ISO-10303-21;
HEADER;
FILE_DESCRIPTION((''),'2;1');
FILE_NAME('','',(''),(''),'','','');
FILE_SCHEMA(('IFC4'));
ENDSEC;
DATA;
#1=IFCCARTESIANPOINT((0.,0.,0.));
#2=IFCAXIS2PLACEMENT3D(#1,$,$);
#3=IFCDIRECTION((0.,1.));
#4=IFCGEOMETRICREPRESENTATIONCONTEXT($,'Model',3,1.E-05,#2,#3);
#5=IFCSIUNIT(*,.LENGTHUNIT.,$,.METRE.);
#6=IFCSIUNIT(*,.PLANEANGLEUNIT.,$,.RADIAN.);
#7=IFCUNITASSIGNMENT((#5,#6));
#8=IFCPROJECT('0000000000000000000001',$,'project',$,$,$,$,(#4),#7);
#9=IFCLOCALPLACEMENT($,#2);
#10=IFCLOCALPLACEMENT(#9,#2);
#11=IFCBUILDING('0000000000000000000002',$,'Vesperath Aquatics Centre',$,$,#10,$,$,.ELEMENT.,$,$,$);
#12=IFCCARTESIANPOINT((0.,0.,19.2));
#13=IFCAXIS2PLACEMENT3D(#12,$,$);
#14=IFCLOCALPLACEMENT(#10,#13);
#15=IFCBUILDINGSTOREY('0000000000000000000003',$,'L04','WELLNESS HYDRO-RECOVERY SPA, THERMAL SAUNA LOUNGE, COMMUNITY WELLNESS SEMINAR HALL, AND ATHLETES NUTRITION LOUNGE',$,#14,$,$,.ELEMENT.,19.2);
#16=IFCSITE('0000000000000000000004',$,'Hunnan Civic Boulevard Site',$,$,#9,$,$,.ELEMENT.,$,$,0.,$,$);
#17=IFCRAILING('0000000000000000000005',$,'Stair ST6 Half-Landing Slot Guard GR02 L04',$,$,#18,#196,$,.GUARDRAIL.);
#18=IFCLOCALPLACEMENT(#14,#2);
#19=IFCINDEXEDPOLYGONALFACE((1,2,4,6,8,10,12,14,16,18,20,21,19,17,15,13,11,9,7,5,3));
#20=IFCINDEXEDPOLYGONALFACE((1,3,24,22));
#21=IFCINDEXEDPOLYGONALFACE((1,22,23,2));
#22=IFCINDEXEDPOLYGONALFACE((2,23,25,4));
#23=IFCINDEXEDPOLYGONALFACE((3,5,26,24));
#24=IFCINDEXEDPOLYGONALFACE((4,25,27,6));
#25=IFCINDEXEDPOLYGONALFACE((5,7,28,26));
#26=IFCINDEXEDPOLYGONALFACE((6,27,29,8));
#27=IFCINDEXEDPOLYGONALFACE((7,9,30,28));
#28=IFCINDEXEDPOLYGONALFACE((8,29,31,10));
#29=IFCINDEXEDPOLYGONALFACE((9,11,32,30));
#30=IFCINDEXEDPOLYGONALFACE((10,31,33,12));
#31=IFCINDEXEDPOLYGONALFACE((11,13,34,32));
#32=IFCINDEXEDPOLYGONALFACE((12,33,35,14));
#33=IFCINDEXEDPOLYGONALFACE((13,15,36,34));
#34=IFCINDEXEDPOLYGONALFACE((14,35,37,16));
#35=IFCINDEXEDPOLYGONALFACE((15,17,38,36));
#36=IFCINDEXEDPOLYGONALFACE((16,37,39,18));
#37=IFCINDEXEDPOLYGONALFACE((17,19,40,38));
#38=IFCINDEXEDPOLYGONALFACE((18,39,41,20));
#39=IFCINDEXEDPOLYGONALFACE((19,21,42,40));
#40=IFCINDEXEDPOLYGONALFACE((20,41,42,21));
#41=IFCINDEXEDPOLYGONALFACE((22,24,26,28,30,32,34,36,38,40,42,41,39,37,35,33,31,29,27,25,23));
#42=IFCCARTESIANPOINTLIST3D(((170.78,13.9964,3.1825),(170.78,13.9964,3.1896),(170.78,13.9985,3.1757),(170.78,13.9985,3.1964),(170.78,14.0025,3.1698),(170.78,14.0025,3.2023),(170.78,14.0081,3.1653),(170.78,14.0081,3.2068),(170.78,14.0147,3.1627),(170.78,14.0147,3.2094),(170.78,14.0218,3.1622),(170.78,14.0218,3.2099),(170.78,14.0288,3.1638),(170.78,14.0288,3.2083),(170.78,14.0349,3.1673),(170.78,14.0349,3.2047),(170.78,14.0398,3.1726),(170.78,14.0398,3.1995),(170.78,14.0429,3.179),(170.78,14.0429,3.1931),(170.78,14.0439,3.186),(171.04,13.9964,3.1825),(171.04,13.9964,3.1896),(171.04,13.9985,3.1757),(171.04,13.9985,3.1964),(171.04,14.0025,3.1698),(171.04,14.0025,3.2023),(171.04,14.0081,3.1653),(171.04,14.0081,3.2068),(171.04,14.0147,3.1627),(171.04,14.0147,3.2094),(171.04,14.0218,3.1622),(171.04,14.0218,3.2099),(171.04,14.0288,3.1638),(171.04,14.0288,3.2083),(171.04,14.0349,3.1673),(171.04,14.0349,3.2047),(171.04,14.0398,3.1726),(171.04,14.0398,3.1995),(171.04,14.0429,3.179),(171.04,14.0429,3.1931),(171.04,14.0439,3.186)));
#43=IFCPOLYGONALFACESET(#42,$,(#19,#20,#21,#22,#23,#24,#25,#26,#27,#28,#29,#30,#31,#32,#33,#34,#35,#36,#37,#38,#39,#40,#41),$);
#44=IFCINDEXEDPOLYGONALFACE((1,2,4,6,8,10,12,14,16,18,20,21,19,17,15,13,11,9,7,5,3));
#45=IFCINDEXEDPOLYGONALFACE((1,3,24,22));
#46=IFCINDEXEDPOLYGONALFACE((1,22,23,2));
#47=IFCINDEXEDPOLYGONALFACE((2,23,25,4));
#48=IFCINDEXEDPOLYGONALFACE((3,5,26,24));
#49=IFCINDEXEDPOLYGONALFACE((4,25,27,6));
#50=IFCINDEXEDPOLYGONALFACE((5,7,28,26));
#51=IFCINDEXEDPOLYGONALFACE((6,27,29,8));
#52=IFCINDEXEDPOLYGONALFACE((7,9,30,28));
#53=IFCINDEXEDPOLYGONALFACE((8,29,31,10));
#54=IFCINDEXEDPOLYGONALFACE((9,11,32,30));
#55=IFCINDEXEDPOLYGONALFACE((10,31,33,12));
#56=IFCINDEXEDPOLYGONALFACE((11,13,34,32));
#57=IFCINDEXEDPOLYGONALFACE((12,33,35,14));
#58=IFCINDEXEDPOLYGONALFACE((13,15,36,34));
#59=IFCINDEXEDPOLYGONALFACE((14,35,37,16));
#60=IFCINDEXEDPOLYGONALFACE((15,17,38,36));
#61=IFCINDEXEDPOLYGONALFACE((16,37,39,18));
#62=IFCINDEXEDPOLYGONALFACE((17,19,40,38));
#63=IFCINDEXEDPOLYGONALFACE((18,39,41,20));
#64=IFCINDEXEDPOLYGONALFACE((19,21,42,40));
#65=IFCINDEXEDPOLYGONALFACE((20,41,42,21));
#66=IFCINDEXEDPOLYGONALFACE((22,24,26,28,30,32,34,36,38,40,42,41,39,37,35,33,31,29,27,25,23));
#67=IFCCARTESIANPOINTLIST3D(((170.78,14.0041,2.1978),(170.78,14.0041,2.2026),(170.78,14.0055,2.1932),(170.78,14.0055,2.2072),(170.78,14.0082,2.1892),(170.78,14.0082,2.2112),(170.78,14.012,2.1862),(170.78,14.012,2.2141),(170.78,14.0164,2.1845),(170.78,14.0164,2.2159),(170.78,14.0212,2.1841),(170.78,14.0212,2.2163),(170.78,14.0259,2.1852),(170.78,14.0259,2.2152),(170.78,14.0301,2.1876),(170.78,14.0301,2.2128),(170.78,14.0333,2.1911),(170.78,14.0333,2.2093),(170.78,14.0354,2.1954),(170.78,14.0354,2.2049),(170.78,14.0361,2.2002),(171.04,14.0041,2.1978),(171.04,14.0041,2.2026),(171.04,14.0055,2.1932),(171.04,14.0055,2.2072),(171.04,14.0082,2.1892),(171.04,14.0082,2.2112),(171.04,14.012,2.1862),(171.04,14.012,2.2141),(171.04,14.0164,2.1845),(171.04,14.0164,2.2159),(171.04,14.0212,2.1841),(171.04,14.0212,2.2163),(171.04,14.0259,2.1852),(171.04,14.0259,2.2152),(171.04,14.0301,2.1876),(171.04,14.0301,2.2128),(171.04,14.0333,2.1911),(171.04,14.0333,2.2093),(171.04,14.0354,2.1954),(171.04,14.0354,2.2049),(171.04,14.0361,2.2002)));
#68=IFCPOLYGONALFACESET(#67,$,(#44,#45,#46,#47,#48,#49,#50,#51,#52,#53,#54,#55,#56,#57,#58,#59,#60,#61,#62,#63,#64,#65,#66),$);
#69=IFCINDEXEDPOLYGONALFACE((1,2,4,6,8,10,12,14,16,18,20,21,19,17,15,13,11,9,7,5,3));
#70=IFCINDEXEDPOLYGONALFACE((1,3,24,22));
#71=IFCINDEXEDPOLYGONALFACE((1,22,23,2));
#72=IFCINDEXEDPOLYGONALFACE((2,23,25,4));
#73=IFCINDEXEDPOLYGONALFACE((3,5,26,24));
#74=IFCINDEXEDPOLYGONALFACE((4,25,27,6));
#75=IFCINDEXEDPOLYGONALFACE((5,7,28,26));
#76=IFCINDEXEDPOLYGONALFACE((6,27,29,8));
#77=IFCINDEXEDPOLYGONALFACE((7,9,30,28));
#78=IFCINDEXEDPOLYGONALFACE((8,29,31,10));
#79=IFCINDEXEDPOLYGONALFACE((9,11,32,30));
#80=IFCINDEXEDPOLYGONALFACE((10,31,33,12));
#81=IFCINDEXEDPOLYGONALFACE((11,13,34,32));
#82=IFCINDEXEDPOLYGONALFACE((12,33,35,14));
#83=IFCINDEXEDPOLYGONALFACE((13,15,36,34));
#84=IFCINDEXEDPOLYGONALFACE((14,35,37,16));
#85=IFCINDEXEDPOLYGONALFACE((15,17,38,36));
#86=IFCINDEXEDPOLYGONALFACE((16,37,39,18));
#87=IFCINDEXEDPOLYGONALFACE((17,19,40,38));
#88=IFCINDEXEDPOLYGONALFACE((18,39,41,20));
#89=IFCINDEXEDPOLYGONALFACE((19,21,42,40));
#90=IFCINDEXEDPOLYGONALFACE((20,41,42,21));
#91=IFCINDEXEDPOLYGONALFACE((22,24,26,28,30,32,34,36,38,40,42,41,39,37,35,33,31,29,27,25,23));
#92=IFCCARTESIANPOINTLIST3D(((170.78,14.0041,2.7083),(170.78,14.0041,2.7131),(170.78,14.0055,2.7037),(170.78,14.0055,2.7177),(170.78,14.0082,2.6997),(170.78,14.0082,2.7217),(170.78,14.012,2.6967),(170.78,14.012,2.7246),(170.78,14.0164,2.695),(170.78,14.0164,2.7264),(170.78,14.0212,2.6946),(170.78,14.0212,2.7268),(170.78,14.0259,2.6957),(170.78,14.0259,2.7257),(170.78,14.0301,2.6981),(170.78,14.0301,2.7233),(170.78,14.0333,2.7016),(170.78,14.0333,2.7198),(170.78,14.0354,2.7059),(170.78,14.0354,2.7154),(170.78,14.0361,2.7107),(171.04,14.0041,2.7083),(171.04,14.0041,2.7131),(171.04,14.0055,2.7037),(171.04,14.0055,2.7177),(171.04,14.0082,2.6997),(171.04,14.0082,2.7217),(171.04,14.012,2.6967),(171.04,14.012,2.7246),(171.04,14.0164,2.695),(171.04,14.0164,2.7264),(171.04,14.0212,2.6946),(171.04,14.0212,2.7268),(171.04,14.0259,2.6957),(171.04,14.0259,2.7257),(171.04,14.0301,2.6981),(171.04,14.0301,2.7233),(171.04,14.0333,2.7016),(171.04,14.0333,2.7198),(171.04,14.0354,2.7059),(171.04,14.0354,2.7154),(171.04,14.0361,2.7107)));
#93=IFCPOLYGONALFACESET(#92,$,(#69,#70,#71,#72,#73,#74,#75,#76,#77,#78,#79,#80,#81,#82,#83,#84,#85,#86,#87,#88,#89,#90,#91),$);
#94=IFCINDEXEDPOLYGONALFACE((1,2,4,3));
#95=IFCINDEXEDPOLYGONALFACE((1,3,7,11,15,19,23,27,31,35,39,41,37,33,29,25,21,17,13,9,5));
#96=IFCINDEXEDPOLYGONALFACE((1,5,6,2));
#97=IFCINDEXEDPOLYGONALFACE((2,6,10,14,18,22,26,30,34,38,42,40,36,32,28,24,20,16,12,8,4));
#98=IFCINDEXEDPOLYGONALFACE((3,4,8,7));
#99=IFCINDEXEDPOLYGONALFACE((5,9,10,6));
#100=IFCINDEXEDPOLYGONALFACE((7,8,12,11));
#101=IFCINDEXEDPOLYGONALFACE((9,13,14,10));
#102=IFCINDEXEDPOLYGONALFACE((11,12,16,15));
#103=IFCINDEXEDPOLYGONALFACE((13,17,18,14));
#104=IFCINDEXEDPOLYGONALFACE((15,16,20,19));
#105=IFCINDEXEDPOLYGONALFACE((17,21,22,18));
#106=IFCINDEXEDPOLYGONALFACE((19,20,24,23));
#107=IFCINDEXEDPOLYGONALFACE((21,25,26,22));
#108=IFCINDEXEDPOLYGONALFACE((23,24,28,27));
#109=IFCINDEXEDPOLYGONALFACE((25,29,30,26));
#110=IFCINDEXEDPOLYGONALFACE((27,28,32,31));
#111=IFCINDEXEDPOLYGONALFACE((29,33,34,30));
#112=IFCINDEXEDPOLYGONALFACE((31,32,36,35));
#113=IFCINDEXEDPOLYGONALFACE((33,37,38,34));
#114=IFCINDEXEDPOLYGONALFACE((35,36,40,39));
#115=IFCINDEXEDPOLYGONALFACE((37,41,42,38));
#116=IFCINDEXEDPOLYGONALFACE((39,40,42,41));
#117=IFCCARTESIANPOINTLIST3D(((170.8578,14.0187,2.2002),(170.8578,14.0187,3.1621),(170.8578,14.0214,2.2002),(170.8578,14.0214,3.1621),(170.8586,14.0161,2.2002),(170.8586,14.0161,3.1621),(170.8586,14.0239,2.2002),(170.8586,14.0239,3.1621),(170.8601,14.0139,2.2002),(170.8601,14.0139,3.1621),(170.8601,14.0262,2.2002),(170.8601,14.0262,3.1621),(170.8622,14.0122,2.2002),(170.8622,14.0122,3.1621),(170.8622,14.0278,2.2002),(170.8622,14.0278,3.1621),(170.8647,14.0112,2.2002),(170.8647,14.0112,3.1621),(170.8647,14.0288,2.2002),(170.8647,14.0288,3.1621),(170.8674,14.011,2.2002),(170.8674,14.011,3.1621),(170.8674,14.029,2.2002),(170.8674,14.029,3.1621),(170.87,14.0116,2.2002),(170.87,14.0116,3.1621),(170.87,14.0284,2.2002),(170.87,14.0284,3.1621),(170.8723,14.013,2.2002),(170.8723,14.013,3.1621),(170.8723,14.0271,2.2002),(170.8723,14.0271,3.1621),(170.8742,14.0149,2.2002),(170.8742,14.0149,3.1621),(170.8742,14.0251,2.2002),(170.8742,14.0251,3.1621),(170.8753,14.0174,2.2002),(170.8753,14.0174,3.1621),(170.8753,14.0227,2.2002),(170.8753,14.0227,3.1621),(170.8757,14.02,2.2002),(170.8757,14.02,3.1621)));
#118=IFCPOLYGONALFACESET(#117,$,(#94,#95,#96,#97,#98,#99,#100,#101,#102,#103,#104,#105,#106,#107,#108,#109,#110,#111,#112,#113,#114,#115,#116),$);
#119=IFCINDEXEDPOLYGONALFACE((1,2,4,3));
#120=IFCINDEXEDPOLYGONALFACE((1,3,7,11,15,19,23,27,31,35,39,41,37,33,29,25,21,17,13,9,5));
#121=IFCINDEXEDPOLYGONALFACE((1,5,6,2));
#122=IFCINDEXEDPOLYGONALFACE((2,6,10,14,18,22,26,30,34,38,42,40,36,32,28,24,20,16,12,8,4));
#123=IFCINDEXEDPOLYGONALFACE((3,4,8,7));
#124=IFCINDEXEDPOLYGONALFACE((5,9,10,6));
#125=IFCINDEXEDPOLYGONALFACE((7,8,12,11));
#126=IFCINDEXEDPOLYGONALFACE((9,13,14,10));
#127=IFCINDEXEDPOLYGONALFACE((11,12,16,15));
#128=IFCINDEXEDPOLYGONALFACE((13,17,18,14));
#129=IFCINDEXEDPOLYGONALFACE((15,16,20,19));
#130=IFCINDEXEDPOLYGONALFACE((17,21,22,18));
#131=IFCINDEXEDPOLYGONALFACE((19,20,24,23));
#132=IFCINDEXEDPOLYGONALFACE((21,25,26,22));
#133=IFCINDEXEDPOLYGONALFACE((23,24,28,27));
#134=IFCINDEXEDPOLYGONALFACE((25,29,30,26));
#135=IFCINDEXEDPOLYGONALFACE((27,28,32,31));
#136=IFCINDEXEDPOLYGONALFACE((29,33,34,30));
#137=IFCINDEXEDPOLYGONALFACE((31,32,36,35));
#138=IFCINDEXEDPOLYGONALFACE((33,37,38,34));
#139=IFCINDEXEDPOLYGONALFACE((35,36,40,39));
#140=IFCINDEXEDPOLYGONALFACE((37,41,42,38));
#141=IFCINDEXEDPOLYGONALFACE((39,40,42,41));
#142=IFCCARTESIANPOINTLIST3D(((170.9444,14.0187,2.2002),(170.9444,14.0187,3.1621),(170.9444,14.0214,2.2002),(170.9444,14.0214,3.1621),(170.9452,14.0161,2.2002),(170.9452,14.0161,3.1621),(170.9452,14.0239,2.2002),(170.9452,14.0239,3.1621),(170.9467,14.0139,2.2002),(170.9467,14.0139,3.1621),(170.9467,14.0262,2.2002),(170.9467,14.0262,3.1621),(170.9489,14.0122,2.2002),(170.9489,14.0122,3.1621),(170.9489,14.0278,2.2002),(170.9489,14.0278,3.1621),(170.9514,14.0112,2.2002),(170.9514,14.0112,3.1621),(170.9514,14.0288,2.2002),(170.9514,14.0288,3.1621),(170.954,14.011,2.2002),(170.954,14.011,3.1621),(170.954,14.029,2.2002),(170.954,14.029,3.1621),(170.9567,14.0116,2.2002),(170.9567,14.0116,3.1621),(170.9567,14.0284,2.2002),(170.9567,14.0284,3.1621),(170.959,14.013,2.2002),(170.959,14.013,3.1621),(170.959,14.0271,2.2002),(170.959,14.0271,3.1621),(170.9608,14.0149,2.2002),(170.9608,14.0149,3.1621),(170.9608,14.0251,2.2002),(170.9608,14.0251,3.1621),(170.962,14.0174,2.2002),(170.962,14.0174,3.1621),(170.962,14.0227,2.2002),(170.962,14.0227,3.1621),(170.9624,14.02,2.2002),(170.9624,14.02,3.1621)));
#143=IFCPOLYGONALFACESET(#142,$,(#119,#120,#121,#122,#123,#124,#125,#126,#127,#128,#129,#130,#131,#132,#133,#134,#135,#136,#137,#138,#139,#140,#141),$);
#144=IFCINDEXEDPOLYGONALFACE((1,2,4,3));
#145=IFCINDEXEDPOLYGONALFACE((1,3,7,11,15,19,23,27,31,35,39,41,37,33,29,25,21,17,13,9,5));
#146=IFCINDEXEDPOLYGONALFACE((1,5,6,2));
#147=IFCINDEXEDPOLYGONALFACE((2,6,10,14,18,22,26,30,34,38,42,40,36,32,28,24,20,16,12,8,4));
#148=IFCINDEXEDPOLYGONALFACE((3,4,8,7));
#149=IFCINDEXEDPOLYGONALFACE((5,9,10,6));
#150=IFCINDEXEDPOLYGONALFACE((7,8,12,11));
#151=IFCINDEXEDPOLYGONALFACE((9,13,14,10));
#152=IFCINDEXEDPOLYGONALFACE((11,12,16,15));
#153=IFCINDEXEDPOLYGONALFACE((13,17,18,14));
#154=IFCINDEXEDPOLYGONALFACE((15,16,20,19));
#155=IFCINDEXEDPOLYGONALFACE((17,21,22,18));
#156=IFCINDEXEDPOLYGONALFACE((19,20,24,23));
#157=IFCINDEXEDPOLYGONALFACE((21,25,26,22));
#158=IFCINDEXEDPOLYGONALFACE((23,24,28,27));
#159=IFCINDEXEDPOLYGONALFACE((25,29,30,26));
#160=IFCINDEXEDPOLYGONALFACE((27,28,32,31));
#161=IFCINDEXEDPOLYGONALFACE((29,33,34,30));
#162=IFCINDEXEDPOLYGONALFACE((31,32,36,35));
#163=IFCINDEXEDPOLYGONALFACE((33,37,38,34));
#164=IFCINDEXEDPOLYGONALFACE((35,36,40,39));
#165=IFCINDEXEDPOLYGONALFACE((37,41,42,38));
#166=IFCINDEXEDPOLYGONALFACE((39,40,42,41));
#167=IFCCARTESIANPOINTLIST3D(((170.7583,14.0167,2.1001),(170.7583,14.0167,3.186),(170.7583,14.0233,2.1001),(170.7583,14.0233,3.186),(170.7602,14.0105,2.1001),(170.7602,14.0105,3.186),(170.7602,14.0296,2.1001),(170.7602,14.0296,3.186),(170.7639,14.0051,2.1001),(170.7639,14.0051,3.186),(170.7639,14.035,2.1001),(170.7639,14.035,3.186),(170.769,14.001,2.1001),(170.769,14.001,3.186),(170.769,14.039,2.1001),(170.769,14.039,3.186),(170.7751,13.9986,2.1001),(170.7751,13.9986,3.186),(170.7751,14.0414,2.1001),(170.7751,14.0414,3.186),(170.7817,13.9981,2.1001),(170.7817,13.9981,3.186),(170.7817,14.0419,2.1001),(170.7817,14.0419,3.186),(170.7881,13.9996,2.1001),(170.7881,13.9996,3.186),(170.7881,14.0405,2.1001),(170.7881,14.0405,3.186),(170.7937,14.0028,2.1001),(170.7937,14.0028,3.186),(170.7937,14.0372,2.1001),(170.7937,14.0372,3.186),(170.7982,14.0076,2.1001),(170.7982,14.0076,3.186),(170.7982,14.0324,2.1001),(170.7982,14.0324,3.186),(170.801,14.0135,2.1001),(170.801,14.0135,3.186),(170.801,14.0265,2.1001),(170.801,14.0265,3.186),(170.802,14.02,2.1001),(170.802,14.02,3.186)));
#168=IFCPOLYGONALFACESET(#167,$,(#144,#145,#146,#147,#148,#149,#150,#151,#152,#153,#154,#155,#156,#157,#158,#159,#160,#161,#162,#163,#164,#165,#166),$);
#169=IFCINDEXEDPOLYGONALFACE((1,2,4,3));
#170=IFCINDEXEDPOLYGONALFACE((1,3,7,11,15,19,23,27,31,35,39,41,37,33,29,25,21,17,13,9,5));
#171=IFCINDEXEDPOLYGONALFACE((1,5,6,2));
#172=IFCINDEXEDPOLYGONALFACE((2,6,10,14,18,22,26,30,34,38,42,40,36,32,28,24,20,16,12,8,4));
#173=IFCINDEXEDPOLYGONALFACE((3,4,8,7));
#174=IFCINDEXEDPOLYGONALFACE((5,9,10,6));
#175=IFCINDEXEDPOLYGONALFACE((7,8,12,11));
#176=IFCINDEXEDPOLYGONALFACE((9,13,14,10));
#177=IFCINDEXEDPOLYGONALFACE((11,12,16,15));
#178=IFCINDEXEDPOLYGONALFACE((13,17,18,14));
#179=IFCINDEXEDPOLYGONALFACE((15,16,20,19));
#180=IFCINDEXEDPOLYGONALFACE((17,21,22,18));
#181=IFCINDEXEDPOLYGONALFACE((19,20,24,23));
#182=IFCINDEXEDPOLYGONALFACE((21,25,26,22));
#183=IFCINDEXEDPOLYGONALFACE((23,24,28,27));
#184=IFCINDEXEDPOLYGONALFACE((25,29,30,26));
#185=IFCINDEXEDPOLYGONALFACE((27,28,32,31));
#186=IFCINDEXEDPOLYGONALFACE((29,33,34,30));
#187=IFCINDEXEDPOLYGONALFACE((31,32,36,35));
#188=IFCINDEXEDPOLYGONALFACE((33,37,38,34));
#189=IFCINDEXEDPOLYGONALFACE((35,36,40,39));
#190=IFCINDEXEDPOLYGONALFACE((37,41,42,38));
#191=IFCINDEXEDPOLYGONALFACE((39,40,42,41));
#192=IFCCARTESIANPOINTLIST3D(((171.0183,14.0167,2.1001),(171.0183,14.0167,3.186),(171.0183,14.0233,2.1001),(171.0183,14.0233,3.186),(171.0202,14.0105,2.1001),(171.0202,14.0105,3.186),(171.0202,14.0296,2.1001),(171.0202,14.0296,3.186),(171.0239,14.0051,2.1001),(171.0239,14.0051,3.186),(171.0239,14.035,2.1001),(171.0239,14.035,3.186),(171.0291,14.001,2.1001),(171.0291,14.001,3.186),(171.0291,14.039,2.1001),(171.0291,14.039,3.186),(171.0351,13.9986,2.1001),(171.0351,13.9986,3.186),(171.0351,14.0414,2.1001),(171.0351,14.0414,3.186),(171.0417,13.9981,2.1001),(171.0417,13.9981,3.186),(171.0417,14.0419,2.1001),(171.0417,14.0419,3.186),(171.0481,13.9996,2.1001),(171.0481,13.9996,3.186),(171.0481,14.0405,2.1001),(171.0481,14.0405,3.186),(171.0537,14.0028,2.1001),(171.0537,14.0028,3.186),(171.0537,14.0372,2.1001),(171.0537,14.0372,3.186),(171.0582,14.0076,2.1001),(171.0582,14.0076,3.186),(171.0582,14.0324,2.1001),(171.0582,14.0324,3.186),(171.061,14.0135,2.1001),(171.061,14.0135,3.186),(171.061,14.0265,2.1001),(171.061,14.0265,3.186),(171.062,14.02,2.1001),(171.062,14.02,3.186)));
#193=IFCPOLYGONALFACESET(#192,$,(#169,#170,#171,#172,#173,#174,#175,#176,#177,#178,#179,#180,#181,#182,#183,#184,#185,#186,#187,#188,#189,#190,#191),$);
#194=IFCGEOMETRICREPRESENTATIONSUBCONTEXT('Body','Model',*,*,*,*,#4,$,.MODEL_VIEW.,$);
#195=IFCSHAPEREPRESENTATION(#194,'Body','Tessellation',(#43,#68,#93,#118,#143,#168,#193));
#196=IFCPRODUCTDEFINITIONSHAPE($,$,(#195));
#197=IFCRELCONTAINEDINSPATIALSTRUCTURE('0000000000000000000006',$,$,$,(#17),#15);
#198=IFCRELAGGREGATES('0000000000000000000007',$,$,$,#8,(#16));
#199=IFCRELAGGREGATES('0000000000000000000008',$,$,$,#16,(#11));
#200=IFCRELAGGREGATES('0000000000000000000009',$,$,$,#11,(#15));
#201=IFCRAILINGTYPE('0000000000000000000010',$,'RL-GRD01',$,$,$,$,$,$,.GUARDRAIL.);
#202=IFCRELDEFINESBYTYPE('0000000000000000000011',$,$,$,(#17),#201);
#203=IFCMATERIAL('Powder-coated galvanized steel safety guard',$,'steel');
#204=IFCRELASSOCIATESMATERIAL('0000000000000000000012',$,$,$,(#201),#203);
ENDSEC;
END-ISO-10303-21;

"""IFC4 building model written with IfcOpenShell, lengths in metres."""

from ifc_helpers import new_model, si_unit, direction, frame, origin, origin_2d, place, context, subcontext, project, spatial, circle, extrude, material, type_object, element, save


model = new_model("IFC4")

# Units and contexts
model_context = context("Model", 3, precision=1e-05, world=origin(), true_north=direction((0.0, 1.0)))
body_context = subcontext(model_context, "Body", "Model", "MODEL_VIEW")
ifc_project = project(units=[si_unit("LENGTHUNIT", "METRE"), si_unit("PLANEANGLEUNIT", "RADIAN")], contexts=[model_context])

# Site, building, storey
site_placement = place(None, origin())
site = spatial("IfcSite", under=ifc_project, at=site_placement, Name="Hunnan Civic Boulevard Site", CompositionType="ELEMENT", RefElevation=0.0)
building_placement = place(site_placement, origin())
building = spatial("IfcBuilding", under=site, at=building_placement, Name="Vesperath Aquatics Centre", CompositionType="ELEMENT")
storey_placement = place(building_placement, frame((0.0, 0.0, 19.2)))
storey = spatial("IfcBuildingStorey", under=building, at=storey_placement, Name="L04", Description="WELLNESS HYDRO-RECOVERY SPA, THERMAL SAUNA LOUNGE, COMMUNITY WELLNESS SEMINAR HALL, AND ATHLETES NUTRITION LOUNGE", CompositionType="ELEMENT", Elevation=19.2)

# Railing
ifc_material_1 = material(Name="Powder-coated galvanized steel safety guard", Category="steel")
railing_type_1 = type_object("IfcRailingType", Name="RL-GRD01", PredefinedType="GUARDRAIL", material=ifc_material_1)
railing_1_placement = place(storey_placement, frame((170.78, 14.02, 2.1001)))
element("IfcRailing", 1, at=railing_1_placement, inside=storey, type_object=railing_type_1, Name="Stair ST6 Half-Landing Slot Guard GR02 L04", PredefinedType="GUARDRAIL", context=body_context, shape_type="SweptSolid", body=[
    extrude(circle(Radius=0.0239, at=origin_2d()), frame((0.0, 0.0, 1.0859), z_axis=(1.0, 0.0, 0.0), x_axis=(0.0, 1.0, 0.0)), (0.0, 0.0, 1.0), 0.26),
    extrude(circle(Radius=0.0161, at=origin_2d()), frame((0.0, 0.0, 0.1001), z_axis=(1.0, 0.0, 0.0), x_axis=(0.0, 1.0, 0.0)), (0.0, 0.0, 1.0), 0.26),
    extrude(circle(Radius=0.0161, at=origin_2d()), frame((0.0, 0.0, 0.6106), z_axis=(1.0, 0.0, 0.0), x_axis=(0.0, 1.0, 0.0)), (0.0, 0.0, 1.0), 0.26),
    extrude(circle(Radius=0.009, at=origin_2d()), frame((0.0867, 0.0, 0.1001)), (0.0, 0.0, 1.0), 0.9619),
    extrude(circle(Radius=0.009, at=origin_2d()), frame((0.1733, 0.0, 0.1001)), (0.0, 0.0, 1.0), 0.9619),
    extrude(circle(Radius=0.022, at=origin_2d()), origin(), (0.0, 0.0, 1.0), 1.0859),
    extrude(circle(Radius=0.022, at=origin_2d()), frame((0.26, 0.0, 0.0)), (0.0, 0.0, 1.0), 1.0859),
])

save(model, "model.ifc")
